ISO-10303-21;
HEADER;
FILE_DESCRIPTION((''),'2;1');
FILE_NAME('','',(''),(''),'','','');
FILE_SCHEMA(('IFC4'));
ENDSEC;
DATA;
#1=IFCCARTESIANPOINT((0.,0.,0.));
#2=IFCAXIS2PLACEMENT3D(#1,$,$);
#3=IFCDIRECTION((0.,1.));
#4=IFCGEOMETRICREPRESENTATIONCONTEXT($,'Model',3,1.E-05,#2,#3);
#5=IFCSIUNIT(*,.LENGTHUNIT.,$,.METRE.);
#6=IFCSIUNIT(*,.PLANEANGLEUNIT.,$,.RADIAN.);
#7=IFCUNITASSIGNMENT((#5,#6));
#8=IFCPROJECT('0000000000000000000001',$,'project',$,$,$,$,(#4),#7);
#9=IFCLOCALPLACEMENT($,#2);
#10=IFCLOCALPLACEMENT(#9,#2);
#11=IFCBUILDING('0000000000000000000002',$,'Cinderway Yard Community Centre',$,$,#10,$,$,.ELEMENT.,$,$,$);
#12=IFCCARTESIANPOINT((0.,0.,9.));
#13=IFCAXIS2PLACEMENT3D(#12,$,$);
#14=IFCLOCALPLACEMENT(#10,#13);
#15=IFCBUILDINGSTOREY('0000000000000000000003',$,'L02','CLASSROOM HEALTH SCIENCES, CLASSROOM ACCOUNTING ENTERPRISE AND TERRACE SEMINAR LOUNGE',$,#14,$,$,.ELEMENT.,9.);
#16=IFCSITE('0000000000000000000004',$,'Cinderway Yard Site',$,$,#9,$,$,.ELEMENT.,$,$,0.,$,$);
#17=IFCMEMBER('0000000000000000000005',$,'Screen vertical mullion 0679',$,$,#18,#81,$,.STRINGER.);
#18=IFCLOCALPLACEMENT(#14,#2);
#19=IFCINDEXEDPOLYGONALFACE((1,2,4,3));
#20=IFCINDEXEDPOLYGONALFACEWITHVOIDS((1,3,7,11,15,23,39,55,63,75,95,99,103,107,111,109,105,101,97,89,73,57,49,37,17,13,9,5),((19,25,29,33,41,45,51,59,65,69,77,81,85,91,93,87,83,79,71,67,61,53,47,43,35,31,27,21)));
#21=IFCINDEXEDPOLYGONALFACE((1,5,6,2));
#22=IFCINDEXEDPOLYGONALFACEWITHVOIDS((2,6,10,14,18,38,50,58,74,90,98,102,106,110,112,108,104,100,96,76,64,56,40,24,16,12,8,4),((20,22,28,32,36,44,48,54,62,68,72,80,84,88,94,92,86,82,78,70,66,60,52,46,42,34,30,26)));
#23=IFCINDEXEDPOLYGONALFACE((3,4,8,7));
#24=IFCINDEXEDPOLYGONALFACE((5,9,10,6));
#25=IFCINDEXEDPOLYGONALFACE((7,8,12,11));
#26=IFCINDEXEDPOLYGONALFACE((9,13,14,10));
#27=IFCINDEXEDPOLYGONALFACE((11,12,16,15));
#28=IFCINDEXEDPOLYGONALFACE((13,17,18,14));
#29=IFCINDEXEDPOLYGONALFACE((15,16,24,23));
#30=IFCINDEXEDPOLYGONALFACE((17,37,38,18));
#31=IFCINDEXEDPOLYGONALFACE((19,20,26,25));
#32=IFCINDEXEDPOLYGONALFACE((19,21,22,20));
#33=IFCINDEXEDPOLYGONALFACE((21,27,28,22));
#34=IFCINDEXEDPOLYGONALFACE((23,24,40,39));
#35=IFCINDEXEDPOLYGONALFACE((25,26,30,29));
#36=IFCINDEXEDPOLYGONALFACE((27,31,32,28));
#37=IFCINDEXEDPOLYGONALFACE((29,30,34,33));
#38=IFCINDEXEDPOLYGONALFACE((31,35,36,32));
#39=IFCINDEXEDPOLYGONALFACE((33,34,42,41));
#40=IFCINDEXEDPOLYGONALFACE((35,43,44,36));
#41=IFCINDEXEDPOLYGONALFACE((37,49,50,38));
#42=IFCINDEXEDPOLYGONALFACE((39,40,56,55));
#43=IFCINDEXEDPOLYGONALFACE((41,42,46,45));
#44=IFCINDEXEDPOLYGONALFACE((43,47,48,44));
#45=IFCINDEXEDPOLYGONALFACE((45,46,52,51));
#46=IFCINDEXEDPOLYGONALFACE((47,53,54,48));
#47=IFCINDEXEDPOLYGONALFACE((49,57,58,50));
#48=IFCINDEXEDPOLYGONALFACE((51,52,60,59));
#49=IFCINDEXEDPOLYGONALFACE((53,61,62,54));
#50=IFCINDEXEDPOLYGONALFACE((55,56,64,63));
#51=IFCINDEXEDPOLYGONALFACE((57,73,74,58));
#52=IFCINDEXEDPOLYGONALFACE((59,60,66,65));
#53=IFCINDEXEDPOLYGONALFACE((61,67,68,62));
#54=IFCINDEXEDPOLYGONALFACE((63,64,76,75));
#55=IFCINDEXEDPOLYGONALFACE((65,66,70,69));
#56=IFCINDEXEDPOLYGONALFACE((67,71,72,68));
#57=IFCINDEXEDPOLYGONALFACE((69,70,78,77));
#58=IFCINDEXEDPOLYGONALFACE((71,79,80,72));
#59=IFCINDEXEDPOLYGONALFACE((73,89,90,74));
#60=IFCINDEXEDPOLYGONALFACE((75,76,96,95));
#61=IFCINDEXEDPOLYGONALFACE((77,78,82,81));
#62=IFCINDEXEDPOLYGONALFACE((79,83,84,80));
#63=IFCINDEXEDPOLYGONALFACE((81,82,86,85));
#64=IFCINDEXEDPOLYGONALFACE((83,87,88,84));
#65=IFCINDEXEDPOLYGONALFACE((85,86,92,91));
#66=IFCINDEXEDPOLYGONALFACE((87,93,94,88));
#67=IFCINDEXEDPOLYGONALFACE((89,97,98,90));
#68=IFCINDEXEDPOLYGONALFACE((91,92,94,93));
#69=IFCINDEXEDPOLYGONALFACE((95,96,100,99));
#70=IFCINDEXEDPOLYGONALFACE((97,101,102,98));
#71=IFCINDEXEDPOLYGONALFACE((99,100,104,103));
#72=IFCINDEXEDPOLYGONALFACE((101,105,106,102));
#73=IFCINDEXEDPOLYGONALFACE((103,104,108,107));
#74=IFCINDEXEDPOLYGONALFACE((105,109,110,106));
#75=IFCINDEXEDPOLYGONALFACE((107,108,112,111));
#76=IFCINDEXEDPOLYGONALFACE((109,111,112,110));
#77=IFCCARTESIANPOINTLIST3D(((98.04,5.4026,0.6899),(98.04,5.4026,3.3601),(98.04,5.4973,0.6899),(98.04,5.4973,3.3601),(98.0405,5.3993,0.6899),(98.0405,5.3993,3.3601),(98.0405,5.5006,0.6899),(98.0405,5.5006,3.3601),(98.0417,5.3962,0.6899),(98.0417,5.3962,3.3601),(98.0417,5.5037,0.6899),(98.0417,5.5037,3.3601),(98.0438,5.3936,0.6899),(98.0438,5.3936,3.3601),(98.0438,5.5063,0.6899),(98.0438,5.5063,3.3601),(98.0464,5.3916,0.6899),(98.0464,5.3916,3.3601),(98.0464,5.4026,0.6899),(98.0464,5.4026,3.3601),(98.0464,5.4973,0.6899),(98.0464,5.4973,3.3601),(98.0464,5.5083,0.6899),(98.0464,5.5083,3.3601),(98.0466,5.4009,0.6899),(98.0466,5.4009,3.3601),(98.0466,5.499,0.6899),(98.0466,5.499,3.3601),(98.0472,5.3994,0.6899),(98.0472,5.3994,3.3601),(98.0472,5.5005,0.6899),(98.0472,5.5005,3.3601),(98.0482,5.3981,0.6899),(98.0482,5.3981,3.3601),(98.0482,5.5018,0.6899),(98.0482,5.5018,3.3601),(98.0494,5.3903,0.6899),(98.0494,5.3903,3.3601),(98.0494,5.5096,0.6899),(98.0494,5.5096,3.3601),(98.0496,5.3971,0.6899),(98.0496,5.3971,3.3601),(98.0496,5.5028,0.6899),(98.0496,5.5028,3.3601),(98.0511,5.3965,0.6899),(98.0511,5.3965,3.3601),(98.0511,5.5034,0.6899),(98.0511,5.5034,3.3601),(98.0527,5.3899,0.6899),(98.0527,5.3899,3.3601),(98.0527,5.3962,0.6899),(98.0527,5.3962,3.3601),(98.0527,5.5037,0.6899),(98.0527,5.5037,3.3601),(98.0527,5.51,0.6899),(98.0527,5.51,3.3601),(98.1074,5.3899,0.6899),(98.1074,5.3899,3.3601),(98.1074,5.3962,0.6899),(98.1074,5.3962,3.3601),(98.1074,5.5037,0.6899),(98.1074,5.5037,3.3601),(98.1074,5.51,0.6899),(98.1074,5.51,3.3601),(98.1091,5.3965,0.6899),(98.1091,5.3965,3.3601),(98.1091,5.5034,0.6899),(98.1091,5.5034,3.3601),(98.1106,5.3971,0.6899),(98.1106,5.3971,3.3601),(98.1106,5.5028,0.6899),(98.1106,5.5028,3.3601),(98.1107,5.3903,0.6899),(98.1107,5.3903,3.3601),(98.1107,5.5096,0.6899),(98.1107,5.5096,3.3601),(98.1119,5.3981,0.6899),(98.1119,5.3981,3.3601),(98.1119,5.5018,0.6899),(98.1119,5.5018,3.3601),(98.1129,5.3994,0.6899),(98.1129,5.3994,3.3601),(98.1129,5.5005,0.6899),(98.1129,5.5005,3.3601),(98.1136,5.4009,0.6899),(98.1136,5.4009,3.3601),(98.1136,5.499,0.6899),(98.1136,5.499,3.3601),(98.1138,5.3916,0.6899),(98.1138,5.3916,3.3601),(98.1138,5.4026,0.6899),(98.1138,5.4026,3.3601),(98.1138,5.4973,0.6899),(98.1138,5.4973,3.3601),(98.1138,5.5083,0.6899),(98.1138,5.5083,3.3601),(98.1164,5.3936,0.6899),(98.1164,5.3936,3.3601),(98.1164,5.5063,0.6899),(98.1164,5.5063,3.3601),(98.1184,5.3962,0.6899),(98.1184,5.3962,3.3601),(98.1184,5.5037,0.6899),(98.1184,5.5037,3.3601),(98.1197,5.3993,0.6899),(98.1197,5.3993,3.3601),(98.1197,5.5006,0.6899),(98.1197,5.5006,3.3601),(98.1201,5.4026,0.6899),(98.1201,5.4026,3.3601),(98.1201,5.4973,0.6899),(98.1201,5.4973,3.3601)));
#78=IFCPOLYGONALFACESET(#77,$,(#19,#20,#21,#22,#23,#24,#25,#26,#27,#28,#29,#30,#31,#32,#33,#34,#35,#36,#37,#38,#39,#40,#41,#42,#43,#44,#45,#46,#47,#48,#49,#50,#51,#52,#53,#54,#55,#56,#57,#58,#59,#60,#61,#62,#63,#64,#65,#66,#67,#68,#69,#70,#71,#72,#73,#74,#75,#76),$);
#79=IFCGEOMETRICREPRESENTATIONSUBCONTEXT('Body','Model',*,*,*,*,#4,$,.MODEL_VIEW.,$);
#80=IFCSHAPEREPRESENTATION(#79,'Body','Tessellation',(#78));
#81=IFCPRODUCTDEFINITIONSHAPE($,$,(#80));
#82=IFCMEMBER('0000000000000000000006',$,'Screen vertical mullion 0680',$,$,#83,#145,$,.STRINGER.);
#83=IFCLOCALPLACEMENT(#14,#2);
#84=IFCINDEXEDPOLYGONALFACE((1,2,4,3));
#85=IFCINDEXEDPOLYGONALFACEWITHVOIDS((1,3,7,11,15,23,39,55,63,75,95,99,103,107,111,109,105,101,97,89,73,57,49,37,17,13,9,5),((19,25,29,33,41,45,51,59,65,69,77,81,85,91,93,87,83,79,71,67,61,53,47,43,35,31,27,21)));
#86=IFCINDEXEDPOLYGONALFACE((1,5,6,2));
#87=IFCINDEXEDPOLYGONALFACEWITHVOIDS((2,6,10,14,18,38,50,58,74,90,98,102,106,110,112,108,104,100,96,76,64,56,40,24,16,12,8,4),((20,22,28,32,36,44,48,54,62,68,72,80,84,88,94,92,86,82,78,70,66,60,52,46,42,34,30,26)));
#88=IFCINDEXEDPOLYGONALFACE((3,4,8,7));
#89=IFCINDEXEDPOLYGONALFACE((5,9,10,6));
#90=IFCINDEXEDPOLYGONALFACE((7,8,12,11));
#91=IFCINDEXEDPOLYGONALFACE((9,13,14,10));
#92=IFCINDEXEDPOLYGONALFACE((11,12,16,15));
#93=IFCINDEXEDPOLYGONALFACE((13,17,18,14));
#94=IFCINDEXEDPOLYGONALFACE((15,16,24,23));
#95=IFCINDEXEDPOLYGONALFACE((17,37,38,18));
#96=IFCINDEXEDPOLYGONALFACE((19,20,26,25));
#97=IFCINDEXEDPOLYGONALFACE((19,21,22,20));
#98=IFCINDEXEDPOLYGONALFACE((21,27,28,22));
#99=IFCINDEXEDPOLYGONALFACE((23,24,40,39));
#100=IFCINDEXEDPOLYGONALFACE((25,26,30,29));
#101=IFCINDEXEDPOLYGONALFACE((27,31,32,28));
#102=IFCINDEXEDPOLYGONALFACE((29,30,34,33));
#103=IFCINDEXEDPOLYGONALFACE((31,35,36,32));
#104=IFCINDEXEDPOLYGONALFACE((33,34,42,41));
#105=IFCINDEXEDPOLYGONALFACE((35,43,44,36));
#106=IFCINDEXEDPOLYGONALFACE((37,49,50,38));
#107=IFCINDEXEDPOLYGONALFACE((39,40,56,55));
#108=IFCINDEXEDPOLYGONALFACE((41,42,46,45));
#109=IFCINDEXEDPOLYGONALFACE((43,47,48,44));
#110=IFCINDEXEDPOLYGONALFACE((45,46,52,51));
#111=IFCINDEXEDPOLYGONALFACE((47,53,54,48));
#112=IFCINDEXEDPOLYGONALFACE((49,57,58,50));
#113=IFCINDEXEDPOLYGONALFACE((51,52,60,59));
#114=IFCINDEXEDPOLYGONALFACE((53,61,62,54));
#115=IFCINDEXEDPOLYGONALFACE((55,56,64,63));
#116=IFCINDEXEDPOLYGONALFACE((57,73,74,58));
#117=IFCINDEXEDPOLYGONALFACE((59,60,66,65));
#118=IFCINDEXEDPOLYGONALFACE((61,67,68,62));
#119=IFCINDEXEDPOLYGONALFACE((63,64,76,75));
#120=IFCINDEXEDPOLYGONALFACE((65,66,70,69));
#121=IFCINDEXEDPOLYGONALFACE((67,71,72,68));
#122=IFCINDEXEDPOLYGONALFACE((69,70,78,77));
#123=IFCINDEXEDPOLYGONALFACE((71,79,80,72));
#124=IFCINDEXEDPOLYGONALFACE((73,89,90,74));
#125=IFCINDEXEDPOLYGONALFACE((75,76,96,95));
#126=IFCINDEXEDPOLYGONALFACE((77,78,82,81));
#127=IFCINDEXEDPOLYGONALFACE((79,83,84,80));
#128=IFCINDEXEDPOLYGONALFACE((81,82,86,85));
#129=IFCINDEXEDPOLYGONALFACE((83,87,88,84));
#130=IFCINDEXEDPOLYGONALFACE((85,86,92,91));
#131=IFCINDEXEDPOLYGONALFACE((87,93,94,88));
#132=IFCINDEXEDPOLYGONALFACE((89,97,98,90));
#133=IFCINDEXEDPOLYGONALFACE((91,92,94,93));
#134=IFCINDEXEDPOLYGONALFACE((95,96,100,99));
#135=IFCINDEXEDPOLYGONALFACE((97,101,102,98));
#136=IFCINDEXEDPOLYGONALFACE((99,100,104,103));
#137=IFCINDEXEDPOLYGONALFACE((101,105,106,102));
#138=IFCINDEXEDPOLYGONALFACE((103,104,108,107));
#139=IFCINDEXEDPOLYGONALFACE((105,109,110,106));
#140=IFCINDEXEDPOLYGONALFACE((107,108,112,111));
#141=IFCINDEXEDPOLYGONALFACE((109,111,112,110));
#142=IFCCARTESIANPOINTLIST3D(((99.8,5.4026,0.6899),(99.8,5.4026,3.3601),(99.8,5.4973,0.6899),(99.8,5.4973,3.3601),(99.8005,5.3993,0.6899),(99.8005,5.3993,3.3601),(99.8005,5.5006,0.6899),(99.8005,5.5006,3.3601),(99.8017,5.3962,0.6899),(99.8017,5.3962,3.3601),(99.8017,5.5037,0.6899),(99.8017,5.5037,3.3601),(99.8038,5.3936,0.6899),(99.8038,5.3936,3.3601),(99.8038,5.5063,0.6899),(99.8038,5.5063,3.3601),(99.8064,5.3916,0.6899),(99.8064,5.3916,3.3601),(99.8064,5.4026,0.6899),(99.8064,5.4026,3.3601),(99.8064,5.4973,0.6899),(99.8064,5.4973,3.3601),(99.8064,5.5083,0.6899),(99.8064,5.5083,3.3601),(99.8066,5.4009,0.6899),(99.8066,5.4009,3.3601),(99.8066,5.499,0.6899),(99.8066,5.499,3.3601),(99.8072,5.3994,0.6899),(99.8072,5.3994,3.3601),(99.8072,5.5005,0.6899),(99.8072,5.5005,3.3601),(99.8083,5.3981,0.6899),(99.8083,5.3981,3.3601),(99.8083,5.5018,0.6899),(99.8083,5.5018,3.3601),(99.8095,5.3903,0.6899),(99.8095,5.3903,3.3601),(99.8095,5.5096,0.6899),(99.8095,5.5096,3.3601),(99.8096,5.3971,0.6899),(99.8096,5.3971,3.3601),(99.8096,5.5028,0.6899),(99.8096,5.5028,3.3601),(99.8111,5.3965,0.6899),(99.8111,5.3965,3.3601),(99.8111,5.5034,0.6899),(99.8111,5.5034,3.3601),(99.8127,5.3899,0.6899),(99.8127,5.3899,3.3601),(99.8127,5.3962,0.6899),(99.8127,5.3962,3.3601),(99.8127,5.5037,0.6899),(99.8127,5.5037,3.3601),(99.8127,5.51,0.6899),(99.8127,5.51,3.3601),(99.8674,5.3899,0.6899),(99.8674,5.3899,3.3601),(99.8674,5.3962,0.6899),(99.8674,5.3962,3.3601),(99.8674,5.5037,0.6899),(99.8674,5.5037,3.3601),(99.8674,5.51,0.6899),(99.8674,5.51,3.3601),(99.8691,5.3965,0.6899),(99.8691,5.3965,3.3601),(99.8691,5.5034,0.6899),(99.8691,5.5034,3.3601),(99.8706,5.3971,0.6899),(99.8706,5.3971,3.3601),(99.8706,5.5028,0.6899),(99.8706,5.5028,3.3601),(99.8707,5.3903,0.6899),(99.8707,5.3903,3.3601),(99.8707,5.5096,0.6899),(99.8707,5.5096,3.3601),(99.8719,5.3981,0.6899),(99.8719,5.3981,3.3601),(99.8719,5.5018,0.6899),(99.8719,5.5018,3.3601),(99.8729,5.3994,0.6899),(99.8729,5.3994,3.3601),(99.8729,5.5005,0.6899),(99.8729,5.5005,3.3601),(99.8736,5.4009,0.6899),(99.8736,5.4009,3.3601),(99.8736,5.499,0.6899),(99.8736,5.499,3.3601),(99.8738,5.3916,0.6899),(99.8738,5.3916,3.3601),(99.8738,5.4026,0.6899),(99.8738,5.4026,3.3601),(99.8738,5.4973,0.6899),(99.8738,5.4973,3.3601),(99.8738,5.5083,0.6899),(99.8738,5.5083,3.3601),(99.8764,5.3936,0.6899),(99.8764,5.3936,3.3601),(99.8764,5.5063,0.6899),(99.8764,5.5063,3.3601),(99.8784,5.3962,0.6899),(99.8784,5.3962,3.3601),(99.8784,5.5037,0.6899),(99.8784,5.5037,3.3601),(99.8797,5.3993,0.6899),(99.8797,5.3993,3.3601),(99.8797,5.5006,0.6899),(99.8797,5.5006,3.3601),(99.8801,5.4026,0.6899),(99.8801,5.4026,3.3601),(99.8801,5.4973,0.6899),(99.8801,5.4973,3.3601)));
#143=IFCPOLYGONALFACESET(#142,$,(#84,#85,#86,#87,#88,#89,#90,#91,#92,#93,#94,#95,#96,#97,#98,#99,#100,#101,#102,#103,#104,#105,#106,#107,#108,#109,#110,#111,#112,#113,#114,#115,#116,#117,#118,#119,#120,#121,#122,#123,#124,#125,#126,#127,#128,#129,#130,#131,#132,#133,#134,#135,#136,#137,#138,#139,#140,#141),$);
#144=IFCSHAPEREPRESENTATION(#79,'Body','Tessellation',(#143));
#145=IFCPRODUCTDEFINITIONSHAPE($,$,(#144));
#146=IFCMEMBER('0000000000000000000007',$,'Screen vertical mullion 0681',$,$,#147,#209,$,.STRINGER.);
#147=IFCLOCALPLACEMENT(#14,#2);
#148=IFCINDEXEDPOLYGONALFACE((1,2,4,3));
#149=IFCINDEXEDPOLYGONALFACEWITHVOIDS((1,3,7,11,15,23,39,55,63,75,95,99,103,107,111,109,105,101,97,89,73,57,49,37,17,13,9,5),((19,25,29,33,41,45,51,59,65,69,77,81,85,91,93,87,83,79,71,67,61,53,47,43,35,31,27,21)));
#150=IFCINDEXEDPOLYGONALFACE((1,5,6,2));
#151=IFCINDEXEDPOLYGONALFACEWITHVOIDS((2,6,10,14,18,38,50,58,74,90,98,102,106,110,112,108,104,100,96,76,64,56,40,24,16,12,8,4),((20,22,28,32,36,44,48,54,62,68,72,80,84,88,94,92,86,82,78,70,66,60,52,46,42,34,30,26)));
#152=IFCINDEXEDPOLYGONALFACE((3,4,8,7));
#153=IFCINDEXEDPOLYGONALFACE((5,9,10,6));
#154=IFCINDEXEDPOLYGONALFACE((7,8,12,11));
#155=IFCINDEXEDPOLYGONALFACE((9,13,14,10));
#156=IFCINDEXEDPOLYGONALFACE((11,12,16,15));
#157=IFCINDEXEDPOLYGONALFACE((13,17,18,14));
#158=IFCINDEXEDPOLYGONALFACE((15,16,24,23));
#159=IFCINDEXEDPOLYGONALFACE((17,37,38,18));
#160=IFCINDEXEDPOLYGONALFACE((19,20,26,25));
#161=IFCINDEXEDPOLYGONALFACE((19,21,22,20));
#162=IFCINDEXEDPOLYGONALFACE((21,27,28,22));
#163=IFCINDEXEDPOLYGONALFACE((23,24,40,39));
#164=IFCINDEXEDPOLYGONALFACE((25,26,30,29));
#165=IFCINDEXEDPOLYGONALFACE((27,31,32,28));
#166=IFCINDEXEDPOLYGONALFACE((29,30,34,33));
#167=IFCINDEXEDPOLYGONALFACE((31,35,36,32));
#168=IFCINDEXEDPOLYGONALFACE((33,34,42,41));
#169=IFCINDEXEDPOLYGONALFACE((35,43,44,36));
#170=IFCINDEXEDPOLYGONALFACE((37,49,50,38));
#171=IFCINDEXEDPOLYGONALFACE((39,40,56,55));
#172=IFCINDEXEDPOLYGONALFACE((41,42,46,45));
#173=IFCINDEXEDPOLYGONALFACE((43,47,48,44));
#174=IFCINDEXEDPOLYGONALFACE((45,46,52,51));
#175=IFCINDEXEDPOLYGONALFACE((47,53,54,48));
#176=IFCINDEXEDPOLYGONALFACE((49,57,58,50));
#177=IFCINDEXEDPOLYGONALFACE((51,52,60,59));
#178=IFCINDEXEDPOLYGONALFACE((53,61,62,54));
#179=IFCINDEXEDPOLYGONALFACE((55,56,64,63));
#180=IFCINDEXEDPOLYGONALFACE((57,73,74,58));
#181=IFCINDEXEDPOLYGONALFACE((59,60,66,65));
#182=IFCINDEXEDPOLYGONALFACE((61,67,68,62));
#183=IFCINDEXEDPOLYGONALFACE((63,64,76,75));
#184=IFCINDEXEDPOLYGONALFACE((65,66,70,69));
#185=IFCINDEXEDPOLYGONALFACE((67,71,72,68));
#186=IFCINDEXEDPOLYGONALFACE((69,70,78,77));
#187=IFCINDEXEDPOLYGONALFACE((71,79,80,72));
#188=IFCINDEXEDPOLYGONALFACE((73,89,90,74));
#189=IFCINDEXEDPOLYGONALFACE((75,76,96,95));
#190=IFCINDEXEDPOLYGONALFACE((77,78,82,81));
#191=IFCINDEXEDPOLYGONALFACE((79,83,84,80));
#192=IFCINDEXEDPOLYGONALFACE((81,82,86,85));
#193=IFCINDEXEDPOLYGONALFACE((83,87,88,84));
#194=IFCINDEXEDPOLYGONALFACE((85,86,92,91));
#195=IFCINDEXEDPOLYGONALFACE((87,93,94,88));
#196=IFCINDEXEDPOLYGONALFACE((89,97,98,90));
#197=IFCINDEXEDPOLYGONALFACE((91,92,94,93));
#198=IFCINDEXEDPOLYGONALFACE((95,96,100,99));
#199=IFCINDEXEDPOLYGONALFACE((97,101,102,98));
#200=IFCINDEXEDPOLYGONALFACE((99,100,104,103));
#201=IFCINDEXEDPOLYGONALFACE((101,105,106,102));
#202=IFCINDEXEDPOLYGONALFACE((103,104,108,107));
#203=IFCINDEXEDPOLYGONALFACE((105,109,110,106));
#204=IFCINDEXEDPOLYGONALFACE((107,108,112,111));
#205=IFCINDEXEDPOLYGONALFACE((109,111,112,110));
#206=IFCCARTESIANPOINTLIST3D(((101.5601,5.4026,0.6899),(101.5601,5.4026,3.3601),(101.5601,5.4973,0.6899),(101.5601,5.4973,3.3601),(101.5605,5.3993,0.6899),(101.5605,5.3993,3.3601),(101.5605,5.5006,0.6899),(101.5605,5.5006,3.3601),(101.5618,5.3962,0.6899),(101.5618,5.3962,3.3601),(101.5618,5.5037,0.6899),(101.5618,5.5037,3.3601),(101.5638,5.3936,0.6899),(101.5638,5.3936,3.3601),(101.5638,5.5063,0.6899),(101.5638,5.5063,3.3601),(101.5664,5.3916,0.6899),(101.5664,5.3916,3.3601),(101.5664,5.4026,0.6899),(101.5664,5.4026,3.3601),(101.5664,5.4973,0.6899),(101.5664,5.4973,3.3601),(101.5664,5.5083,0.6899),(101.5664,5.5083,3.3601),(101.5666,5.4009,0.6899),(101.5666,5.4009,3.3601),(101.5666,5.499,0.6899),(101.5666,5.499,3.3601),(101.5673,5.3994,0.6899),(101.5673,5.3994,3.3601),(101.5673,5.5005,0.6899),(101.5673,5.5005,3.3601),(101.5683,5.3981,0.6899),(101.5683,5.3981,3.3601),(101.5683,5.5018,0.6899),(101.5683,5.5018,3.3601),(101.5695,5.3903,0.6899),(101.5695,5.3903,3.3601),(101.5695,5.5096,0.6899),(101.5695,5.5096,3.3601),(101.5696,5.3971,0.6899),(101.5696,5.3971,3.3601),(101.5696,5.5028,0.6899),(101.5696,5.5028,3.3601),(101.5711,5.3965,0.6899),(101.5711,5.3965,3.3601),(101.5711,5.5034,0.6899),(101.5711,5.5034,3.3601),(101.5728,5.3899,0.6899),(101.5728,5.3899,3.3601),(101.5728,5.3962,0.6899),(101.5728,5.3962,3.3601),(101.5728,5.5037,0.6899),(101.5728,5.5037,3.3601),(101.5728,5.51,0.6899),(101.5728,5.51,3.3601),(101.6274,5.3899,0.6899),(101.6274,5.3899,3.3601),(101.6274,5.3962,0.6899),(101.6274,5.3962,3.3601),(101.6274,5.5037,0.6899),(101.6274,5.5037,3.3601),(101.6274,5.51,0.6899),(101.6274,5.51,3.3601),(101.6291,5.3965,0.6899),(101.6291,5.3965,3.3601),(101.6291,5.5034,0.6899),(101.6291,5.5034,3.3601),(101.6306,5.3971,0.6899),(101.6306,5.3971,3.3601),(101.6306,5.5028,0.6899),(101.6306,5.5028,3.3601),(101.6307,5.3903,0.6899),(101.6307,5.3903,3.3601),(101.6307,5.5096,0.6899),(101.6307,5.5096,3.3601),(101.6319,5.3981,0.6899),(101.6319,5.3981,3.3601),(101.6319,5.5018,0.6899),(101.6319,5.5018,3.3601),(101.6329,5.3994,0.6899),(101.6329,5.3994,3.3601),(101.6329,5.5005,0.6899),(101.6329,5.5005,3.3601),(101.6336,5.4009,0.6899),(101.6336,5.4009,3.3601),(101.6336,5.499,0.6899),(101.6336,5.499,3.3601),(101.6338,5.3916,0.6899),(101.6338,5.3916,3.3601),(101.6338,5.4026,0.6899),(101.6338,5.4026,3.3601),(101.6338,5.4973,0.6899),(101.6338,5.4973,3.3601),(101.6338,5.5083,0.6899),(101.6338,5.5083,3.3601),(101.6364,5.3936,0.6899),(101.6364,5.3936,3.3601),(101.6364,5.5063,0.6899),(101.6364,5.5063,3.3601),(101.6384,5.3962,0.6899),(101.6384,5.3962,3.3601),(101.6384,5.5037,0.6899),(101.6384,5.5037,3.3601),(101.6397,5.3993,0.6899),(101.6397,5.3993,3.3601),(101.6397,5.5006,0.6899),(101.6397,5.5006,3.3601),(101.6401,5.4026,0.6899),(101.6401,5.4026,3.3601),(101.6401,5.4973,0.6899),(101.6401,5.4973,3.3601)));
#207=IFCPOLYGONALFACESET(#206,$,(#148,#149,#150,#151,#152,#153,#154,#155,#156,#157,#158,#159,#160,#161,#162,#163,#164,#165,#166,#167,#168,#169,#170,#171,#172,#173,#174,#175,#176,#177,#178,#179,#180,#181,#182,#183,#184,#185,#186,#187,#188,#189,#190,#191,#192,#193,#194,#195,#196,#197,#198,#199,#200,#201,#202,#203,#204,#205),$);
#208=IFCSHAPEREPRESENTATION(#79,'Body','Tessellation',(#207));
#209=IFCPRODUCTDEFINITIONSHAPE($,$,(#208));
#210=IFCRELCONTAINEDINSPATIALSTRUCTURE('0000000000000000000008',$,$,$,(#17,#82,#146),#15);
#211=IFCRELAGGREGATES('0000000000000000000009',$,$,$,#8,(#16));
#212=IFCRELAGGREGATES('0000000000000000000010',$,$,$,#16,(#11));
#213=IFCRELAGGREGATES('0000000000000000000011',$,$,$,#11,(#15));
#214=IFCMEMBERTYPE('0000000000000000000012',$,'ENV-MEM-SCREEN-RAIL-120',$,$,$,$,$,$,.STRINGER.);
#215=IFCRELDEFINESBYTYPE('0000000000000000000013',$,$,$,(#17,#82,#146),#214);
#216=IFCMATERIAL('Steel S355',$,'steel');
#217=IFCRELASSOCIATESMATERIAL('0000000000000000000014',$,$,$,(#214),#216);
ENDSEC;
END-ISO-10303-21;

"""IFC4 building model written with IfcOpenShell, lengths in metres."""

from ifc_helpers import new_model, si_unit, direction, frame, origin, origin_2d, place, context, subcontext, project, spatial, hollow_rectangle, extrude, material, material_profile, profile_set, type_object, element, save


model = new_model("IFC4")

# Units and contexts
model_context = context("Model", 3, precision=1e-05, world=origin(), true_north=direction((0.0, 1.0)))
body_context = subcontext(model_context, "Body", "Model", "MODEL_VIEW")
ifc_project = project(units=[si_unit("LENGTHUNIT", "METRE"), si_unit("PLANEANGLEUNIT", "RADIAN")], contexts=[model_context])

# Site, building, storey
site_placement = place(None, origin())
site = spatial("IfcSite", under=ifc_project, at=site_placement, Name="Cinderway Yard Site", CompositionType="ELEMENT", RefElevation=0.0)
building_placement = place(site_placement, origin())
building = spatial("IfcBuilding", under=site, at=building_placement, Name="Cinderway Yard Community Centre", CompositionType="ELEMENT")
storey_placement = place(building_placement, frame((0.0, 0.0, 9.0)))
storey = spatial("IfcBuildingStorey", under=building, at=storey_placement, Name="L02", Description="CLASSROOM HEALTH SCIENCES, CLASSROOM ACCOUNTING ENTERPRISE AND TERRACE SEMINAR LOUNGE", CompositionType="ELEMENT", Elevation=9.0)

# Members
ifc_material_1 = material(Name="Steel S355", Category="steel")
ifc_material_profile_1 = material_profile(ifc_material_1, hollow_rectangle(XDim=0.0801, YDim=0.1201, WallThickness=0.0063, InnerFilletRadius=0.0063, OuterFilletRadius=0.0127, at=origin_2d()), Name="Steel S355")
ifc_profile_set_1 = profile_set([ifc_material_profile_1], Name="Steel S355")
member_type = type_object("IfcMemberType", Name="ENV-MEM-SCREEN-RAIL-120", PredefinedType="STRINGER", material=ifc_profile_set_1)
for number, where, z_axis, x_axis, name in (
    (1, (98.0801, 5.45, 0.6899), (0.0, 0.0, 1.0), (1.0, 0.0, 0.0), "Screen vertical mullion 0679"),
    (2, (99.8401, 5.45, 0.6899), (0.0, 0.0, 1.0), (1.0, 0.0, 0.0), "Screen vertical mullion 0680"),
    (3, (101.6001, 5.45, 0.6899), (0.0, 0.0, 1.0), (1.0, 0.0, 0.0), "Screen vertical mullion 0681"),
):
    element("IfcMember", number, at=place(storey_placement, frame(where, z_axis=z_axis, x_axis=x_axis)), inside=storey, type_object=member_type, Name=name, PredefinedType="STRINGER", context=body_context, shape_type="SweptSolid", body=[
        extrude(hollow_rectangle(XDim=0.0801, YDim=0.1201, WallThickness=0.0063, InnerFilletRadius=0.0063, OuterFilletRadius=0.0127, at=origin_2d()), origin(), (0.0, 0.0, 1.0), 2.6702),
    ])

save(model, "model.ifc")
